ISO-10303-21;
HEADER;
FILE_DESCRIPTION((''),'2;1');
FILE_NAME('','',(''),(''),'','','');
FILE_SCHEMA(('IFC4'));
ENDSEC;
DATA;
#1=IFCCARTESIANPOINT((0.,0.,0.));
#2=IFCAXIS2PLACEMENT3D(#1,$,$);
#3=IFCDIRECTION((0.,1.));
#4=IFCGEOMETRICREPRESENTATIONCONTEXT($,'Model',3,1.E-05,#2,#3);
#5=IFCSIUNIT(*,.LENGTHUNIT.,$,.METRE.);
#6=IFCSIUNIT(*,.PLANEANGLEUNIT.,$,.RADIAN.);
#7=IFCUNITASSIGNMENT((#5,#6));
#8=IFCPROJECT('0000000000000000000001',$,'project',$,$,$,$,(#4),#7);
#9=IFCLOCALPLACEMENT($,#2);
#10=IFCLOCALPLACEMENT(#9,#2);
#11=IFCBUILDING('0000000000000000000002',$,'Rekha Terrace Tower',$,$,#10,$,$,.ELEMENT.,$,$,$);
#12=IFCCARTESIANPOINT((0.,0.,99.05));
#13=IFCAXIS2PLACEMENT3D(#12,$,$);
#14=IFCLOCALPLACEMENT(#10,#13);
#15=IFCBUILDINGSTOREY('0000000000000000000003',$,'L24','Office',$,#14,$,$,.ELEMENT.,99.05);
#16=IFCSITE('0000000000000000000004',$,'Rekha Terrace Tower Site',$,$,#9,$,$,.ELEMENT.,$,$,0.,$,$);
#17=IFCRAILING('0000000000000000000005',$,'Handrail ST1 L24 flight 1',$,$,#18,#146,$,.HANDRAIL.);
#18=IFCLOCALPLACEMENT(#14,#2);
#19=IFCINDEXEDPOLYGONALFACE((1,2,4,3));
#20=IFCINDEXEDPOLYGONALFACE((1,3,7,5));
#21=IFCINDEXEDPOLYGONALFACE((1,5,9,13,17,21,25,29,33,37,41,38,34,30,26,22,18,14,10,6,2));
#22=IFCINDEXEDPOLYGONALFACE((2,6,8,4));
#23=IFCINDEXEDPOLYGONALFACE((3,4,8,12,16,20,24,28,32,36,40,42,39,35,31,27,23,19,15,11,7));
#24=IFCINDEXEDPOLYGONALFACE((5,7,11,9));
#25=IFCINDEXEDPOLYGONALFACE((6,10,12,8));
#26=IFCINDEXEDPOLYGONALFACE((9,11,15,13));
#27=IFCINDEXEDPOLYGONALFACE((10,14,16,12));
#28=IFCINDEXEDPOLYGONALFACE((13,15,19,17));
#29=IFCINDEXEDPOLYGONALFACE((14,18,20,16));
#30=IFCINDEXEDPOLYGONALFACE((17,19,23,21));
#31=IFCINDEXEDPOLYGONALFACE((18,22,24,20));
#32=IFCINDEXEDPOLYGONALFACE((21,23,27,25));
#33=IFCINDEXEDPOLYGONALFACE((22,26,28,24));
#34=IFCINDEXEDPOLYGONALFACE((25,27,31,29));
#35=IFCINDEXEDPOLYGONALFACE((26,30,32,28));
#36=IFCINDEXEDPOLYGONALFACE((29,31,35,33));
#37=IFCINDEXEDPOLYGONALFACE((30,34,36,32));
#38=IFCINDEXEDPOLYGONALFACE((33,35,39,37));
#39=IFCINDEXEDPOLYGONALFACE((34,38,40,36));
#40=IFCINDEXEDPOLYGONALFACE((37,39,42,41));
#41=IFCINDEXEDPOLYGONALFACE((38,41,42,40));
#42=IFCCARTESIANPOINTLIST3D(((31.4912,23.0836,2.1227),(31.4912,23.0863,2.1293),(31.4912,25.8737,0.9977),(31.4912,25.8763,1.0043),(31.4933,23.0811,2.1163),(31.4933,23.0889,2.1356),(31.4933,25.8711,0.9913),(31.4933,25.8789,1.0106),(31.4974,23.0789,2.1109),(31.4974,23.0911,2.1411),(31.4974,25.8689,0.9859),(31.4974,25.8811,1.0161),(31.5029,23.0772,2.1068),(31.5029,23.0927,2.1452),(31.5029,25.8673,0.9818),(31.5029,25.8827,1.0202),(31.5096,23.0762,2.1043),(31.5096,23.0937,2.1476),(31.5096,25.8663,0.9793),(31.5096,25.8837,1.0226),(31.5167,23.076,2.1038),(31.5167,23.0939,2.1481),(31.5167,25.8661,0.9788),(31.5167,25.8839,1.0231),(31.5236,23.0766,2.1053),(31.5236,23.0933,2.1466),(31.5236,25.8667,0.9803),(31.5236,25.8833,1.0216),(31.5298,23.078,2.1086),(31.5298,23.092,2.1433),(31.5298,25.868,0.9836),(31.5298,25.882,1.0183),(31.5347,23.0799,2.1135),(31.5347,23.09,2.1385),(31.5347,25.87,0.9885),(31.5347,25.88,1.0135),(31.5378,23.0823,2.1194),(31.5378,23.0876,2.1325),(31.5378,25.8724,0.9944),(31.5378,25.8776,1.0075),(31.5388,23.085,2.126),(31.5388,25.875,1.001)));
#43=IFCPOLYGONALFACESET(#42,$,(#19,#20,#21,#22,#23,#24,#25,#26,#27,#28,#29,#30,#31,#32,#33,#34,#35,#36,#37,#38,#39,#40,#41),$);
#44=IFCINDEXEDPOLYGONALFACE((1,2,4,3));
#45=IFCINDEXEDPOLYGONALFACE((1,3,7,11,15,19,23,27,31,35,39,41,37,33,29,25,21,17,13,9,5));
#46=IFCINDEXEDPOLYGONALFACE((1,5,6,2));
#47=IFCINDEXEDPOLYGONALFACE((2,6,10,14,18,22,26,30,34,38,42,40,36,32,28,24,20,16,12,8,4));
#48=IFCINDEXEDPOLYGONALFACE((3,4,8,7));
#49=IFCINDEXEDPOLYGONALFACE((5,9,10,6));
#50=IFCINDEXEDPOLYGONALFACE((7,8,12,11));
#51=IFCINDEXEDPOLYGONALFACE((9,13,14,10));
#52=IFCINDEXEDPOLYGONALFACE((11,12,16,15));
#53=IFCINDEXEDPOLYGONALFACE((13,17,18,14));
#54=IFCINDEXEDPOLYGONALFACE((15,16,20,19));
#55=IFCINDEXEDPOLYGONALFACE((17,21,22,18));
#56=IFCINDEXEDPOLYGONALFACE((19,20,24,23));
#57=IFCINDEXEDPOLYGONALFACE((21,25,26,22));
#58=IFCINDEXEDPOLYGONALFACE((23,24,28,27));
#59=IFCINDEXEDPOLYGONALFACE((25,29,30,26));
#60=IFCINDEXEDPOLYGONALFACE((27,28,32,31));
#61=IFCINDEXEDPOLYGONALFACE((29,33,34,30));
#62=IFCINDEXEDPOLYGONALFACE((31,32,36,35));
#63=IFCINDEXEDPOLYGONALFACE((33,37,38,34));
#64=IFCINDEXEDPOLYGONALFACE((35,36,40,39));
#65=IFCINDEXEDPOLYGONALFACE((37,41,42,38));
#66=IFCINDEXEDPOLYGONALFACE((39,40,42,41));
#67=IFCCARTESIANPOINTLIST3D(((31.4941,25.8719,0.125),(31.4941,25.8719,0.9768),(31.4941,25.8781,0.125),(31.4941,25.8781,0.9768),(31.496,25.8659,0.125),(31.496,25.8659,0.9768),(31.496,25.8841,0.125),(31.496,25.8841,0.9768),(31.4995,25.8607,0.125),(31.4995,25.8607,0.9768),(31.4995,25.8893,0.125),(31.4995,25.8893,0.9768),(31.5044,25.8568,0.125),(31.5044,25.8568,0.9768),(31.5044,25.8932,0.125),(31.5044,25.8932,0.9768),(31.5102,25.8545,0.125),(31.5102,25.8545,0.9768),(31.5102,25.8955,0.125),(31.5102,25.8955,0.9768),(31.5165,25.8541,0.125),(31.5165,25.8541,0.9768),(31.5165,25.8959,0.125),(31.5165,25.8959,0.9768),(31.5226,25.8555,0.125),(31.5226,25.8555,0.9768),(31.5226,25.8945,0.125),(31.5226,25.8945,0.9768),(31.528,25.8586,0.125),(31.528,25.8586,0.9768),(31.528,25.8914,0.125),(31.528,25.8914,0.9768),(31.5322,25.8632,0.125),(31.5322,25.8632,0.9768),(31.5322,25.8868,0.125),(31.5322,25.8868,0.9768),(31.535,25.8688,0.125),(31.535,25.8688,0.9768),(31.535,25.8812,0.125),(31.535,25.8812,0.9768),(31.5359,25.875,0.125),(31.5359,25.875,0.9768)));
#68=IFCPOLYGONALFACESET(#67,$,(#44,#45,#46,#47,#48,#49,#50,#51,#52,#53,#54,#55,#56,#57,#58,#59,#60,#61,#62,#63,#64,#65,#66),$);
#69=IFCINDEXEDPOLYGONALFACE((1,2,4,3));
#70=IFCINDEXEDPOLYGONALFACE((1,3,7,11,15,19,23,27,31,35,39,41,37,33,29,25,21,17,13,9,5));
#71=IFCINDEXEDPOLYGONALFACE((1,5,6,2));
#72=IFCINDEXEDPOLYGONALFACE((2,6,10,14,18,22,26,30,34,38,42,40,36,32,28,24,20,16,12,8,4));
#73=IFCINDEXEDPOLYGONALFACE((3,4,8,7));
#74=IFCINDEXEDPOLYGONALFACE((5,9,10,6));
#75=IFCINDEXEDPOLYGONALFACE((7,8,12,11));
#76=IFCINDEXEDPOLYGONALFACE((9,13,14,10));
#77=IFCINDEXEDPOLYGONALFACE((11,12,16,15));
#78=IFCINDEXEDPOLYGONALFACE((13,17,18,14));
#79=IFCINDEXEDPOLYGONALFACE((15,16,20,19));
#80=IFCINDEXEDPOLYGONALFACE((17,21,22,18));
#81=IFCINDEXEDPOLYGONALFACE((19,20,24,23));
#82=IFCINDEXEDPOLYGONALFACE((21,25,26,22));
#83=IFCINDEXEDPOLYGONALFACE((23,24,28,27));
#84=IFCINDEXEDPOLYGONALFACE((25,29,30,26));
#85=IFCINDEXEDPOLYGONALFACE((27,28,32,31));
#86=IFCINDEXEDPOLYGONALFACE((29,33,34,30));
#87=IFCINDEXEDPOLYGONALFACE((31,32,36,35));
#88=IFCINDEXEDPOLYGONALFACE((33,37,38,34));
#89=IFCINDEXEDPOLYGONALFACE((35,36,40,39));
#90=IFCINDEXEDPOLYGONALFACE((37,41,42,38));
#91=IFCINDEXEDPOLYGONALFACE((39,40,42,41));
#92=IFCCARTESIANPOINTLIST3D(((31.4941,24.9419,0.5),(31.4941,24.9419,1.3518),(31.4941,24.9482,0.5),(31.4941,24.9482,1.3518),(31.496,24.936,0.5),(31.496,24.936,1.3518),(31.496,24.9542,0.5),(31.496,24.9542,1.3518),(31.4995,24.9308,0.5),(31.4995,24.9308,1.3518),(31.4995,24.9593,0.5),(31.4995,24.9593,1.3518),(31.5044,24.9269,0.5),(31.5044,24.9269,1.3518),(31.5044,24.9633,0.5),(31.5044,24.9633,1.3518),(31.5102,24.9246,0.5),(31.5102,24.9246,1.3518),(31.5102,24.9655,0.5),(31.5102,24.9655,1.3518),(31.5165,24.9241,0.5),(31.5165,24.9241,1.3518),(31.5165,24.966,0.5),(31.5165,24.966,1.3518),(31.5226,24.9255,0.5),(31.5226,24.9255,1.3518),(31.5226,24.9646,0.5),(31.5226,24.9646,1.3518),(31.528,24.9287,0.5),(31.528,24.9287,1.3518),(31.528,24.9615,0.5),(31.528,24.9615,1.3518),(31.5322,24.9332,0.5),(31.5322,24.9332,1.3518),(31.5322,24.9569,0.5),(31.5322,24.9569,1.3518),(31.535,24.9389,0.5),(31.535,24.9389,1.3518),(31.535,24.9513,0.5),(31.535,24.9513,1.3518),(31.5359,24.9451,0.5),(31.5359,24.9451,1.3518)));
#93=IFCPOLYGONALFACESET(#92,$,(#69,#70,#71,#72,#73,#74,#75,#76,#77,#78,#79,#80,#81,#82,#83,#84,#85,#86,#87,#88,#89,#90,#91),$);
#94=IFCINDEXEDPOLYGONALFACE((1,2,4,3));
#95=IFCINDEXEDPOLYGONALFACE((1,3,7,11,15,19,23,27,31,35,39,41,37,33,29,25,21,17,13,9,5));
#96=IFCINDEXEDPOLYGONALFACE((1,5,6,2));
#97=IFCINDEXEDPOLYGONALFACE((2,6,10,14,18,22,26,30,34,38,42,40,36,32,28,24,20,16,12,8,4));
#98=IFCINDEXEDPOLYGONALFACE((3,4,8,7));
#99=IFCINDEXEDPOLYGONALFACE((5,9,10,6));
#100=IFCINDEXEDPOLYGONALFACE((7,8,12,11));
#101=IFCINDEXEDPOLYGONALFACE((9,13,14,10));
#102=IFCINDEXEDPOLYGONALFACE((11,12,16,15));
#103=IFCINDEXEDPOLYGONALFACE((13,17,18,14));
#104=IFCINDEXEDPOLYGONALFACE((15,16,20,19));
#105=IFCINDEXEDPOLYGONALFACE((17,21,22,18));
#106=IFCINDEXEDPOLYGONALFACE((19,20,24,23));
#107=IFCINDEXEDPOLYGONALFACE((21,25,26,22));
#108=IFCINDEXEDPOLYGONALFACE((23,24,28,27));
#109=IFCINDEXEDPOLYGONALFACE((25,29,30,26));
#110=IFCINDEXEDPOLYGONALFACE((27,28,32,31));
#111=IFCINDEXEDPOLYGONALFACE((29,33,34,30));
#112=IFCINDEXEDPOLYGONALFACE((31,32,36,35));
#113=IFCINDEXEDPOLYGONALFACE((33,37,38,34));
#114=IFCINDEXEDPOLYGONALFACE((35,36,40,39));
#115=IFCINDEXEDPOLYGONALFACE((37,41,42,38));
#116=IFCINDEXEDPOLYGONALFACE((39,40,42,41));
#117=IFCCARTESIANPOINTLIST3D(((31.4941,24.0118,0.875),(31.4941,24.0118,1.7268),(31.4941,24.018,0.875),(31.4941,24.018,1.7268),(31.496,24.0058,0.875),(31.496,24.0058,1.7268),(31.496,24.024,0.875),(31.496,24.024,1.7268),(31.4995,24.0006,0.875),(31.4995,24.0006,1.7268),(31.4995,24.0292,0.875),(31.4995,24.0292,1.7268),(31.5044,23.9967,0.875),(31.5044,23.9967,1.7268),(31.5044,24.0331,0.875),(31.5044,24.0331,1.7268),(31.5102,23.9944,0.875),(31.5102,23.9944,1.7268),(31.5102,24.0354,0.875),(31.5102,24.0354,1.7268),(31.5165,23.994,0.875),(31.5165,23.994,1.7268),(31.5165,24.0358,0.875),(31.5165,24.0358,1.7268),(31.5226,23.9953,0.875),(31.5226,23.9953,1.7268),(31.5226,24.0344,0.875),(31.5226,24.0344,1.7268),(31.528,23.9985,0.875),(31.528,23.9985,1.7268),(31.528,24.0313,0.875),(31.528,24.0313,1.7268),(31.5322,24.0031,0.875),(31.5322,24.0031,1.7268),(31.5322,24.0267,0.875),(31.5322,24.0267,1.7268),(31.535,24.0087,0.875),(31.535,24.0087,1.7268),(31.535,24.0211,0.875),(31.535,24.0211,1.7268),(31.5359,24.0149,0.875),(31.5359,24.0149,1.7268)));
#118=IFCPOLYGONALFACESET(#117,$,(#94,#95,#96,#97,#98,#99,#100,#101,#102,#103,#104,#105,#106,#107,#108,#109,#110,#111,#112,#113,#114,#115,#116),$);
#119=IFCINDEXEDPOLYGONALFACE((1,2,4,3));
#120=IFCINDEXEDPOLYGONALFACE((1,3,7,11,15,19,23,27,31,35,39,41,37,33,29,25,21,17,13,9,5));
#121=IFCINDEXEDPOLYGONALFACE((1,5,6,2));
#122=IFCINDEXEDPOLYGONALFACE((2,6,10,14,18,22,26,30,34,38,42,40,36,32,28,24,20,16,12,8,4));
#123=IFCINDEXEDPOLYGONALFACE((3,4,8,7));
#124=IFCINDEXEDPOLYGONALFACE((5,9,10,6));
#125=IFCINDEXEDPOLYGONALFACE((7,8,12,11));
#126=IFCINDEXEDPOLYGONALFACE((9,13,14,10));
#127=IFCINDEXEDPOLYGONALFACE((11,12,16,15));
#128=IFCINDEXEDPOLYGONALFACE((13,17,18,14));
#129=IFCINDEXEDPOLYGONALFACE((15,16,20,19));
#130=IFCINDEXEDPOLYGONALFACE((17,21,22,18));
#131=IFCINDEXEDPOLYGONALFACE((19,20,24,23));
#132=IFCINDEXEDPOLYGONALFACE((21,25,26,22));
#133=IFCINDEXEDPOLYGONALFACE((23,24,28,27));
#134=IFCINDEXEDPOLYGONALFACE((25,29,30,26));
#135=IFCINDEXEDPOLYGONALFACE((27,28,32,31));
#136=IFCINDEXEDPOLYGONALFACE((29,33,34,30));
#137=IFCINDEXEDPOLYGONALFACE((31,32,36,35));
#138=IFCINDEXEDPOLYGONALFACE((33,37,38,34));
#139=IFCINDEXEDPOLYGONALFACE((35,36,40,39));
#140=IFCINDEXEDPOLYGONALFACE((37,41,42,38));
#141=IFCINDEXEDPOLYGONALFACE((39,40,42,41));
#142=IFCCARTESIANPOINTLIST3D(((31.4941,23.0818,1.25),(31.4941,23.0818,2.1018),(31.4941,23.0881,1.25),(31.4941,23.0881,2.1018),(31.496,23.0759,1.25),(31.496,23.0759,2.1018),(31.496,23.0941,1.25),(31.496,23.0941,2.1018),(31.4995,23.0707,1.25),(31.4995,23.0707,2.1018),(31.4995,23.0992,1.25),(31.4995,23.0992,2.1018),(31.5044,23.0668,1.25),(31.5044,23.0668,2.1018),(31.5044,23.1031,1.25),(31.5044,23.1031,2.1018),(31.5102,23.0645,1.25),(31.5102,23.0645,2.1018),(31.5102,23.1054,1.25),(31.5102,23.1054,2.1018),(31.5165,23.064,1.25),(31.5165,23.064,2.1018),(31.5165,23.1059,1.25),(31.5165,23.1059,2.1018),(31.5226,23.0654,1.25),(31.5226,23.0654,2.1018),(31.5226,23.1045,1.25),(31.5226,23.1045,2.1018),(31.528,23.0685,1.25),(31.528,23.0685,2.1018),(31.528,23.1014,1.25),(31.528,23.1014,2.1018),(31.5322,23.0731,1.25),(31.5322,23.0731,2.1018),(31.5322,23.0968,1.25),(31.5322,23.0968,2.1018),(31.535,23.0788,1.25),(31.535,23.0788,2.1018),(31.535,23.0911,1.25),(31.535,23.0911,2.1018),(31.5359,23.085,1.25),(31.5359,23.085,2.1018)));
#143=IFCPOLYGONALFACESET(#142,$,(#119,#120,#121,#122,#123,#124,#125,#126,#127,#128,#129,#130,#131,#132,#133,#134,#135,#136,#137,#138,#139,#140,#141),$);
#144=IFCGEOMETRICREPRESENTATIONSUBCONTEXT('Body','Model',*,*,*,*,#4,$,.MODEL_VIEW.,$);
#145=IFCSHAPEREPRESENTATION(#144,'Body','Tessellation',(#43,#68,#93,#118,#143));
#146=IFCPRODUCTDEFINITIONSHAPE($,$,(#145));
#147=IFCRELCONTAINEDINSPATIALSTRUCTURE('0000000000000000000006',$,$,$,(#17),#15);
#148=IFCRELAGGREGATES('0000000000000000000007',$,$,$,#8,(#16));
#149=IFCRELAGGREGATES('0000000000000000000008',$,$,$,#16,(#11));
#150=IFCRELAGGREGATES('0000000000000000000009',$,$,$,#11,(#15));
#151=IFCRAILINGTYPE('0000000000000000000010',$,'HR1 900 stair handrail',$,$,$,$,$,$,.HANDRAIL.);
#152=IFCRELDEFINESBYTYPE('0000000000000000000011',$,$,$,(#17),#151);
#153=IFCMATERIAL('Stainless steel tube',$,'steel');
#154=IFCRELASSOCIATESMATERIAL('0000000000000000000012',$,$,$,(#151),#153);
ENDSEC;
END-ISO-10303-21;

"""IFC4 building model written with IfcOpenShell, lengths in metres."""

from ifc_helpers import new_model, si_unit, direction, frame, origin, origin_2d, place, context, subcontext, project, spatial, circle, extrude, material, type_object, element, save


model = new_model("IFC4")

# Units and contexts
model_context = context("Model", 3, precision=1e-05, world=origin(), true_north=direction((0.0, 1.0)))
body_context = subcontext(model_context, "Body", "Model", "MODEL_VIEW")
ifc_project = project(units=[si_unit("LENGTHUNIT", "METRE"), si_unit("PLANEANGLEUNIT", "RADIAN")], contexts=[model_context])

# Site, building, storey
site_placement = place(None, origin())
site = spatial("IfcSite", under=ifc_project, at=site_placement, Name="Rekha Terrace Tower Site", CompositionType="ELEMENT", RefElevation=0.0)
building_placement = place(site_placement, origin())
building = spatial("IfcBuilding", under=site, at=building_placement, Name="Rekha Terrace Tower", CompositionType="ELEMENT")
storey_placement = place(building_placement, frame((0.0, 0.0, 99.05)))
storey = spatial("IfcBuildingStorey", under=building, at=storey_placement, Name="L24", Description="Office", CompositionType="ELEMENT", Elevation=99.05)

# Railing
ifc_material_1 = material(Name="Stainless steel tube", Category="steel")
railing_type_1 = type_object("IfcRailingType", Name="HR1 900 stair handrail", PredefinedType="HANDRAIL", material=ifc_material_1)
railing_1_placement = place(storey_placement, frame((31.5149, 25.875, 0.125)))
element("IfcRailing", 1, at=railing_1_placement, inside=storey, type_object=railing_type_1, Name="Handrail ST1 L24 flight 1", PredefinedType="HANDRAIL", context=body_context, shape_type="SweptSolid", body=[
    extrude(circle(Radius=0.0239, at=origin_2d()), frame((0.0, 0.0, 0.876), z_axis=(0.0, -0.927443, 0.373964), x_axis=(1.0, 0.0, 0.0)), (0.0, 0.0, 1.0), 3.0083),
    extrude(circle(Radius=0.021, at=origin_2d()), origin(), (0.0, 0.0, 1.0), 0.8518),
    extrude(circle(Radius=0.021, at=origin_2d()), frame((0.0, -0.9299, 0.375)), (0.0, 0.0, 1.0), 0.8518),
    extrude(circle(Radius=0.021, at=origin_2d()), frame((0.0, -1.8601, 0.75)), (0.0, 0.0, 1.0), 0.8518),
    extrude(circle(Radius=0.021, at=origin_2d()), frame((0.0, -2.79, 1.125)), (0.0, 0.0, 1.0), 0.8518),
])

save(model, "model.ifc")
